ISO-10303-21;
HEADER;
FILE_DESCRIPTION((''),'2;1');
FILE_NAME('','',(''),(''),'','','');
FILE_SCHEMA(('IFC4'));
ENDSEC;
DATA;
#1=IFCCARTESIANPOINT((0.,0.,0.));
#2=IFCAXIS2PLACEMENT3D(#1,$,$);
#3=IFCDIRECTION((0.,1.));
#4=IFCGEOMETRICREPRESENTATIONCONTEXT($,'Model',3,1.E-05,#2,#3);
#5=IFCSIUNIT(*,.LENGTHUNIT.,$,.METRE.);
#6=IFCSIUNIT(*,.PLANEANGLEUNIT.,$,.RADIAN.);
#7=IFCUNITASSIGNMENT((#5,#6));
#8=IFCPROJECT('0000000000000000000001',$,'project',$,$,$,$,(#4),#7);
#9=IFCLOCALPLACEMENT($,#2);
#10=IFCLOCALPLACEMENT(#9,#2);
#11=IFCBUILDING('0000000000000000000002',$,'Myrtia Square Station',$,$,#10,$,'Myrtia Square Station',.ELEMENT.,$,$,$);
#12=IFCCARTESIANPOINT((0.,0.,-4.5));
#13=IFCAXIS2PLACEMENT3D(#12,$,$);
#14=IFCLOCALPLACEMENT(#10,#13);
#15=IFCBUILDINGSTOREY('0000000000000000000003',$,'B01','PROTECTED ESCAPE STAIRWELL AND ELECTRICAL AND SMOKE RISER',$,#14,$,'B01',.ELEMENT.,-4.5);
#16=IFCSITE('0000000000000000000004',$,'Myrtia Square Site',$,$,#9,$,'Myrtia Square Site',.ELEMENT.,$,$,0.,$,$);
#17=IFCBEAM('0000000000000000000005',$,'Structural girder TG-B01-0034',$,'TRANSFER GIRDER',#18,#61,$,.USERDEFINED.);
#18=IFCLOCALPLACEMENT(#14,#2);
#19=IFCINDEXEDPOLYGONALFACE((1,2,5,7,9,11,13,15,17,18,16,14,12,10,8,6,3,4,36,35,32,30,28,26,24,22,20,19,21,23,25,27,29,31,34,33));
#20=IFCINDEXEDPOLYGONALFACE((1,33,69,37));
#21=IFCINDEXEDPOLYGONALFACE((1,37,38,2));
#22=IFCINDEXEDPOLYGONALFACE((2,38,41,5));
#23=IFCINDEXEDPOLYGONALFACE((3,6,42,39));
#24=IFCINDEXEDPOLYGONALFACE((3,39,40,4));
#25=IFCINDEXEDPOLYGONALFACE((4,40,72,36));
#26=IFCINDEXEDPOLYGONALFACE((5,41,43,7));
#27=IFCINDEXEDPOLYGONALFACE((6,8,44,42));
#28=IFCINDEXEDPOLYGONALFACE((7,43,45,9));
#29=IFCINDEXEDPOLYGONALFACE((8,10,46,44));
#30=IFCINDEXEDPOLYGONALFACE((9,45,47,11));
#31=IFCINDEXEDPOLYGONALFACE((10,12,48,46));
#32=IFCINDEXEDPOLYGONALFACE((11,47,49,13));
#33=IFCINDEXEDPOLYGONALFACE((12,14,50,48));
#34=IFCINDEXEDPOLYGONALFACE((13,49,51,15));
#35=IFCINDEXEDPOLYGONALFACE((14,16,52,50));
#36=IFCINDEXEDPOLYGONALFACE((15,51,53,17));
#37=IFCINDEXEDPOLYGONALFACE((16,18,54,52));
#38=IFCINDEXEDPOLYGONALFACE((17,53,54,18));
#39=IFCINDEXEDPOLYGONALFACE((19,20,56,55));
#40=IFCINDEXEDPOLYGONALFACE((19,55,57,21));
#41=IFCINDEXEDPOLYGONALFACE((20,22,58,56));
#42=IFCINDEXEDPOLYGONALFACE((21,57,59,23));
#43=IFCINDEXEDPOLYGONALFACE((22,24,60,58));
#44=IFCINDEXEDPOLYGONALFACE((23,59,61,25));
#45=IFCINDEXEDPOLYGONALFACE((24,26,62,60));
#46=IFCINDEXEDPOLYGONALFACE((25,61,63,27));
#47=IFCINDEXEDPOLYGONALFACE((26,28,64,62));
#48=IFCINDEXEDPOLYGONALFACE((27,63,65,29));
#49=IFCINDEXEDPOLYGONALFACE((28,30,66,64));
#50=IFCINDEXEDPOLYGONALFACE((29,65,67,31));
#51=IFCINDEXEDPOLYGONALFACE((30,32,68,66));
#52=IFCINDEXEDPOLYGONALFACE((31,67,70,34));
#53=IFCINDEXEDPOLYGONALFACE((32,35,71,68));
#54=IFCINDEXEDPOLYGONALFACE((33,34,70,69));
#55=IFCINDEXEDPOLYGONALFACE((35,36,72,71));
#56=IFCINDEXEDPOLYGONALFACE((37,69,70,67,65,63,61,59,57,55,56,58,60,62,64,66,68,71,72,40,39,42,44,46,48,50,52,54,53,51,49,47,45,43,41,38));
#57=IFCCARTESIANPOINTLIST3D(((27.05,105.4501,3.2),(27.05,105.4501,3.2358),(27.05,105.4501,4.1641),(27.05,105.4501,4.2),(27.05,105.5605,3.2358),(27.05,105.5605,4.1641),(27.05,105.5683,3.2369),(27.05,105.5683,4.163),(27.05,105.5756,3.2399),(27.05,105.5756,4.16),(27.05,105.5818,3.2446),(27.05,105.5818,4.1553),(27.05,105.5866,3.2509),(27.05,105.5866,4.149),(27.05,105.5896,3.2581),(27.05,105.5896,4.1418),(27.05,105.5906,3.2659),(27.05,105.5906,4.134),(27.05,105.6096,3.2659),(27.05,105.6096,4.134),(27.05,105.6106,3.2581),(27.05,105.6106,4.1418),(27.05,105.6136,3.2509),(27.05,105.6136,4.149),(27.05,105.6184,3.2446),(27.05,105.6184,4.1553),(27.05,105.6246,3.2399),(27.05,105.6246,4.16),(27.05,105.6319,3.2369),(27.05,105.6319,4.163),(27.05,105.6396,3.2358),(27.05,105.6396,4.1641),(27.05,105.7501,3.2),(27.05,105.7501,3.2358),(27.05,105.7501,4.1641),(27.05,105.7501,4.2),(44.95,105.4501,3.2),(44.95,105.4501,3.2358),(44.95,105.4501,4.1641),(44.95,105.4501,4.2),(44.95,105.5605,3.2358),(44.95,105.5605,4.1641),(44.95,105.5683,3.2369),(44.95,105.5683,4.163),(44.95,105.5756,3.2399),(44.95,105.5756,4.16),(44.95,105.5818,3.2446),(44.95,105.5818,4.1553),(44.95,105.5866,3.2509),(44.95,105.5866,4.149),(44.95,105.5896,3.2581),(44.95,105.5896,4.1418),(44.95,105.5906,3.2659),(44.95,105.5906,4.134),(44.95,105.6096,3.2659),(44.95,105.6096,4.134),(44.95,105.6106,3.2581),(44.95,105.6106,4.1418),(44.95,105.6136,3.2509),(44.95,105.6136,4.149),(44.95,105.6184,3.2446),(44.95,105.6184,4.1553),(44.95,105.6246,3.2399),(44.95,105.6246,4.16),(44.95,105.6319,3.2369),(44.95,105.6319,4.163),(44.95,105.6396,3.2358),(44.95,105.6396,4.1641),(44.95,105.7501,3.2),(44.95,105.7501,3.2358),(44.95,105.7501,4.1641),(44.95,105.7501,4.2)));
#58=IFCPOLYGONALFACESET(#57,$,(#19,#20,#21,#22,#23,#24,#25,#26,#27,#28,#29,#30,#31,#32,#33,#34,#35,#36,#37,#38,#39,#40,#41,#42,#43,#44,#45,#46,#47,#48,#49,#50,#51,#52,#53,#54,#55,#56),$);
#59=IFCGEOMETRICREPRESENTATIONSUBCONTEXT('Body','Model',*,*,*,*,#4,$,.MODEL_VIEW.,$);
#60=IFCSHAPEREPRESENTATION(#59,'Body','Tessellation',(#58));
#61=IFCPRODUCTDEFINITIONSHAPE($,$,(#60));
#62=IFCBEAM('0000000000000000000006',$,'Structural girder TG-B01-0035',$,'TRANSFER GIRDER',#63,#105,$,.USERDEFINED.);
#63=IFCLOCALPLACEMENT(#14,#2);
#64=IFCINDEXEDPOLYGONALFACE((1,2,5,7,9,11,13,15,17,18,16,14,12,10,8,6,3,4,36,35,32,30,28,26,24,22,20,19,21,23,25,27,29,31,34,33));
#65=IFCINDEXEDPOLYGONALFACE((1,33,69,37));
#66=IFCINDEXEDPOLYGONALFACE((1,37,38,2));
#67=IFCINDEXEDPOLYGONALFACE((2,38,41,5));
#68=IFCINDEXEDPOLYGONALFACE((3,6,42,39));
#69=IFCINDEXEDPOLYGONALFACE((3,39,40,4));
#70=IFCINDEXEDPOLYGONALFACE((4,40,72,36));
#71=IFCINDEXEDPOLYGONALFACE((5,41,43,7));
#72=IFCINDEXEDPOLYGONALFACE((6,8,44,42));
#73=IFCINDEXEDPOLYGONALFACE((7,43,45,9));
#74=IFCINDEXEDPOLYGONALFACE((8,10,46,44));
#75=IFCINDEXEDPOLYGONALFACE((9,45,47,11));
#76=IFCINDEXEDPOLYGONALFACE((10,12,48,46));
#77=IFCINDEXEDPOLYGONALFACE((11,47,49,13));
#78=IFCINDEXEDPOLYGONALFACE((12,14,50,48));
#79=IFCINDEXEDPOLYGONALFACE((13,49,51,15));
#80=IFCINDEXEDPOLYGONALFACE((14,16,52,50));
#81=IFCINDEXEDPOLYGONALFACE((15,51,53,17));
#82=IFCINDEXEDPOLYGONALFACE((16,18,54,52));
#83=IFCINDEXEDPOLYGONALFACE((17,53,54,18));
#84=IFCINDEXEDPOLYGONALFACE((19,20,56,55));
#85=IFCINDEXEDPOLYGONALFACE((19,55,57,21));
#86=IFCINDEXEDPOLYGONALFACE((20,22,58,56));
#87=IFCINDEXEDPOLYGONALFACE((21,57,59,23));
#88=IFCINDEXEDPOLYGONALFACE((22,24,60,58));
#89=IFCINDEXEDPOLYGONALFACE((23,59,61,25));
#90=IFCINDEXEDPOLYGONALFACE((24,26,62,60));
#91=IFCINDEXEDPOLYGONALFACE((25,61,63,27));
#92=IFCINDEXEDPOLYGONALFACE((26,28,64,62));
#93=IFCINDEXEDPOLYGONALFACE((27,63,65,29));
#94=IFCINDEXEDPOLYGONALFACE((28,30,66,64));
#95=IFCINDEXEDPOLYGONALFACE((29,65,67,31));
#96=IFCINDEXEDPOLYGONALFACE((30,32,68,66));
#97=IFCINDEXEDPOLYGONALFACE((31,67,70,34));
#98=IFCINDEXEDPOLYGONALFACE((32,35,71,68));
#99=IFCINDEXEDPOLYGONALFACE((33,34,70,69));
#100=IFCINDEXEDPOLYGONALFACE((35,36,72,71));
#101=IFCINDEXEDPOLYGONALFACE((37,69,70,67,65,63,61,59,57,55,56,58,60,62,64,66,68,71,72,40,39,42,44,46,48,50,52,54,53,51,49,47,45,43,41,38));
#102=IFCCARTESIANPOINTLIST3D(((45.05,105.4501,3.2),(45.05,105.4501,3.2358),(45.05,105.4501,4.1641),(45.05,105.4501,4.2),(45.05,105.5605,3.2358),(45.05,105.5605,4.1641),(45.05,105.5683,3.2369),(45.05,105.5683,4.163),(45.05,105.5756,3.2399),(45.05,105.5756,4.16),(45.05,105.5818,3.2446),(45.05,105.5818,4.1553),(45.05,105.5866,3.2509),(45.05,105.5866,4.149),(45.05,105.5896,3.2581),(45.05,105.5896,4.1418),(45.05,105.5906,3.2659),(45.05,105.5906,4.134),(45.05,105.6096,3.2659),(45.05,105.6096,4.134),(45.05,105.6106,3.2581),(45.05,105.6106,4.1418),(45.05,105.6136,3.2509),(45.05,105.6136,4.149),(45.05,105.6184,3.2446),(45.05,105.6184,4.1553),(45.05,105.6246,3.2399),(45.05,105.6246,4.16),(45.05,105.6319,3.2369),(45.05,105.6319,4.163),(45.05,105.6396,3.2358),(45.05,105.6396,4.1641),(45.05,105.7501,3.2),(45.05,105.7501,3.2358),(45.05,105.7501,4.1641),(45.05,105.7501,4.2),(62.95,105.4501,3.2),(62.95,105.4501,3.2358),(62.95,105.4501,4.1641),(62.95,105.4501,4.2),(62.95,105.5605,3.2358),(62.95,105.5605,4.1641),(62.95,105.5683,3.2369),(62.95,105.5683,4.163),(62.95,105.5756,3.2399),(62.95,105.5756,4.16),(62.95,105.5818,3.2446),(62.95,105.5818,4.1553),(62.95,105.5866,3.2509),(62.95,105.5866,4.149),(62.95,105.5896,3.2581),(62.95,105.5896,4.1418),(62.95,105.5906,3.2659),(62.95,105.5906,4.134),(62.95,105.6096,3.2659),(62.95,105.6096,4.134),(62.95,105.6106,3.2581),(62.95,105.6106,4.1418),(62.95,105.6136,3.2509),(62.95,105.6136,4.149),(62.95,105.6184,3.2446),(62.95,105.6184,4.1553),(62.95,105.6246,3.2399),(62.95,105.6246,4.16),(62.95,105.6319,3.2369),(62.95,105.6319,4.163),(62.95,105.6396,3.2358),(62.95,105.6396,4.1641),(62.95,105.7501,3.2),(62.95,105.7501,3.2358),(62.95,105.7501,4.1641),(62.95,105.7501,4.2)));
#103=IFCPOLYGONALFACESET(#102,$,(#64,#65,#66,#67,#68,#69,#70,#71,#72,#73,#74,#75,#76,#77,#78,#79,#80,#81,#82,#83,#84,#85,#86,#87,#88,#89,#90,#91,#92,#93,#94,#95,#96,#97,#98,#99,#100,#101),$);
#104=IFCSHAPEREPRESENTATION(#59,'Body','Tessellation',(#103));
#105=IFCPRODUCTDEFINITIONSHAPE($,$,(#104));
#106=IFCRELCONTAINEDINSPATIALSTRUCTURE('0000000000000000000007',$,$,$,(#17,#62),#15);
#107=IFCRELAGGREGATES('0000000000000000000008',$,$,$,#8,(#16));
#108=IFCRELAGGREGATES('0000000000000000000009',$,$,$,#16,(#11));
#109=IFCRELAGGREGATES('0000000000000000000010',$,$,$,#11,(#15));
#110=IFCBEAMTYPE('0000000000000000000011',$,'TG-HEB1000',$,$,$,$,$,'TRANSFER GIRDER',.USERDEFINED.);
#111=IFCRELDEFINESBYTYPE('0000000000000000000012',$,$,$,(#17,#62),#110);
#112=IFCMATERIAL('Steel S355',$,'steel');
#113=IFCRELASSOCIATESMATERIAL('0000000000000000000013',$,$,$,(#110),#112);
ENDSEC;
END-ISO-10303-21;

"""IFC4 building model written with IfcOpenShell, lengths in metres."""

from ifc_helpers import new_model, si_unit, direction, frame, origin, origin_2d, place, context, subcontext, project, spatial, i_section, extrude, material, material_profile, profile_set, type_object, element, save


model = new_model("IFC4")

# Units and contexts
model_context = context("Model", 3, precision=1e-05, world=origin(), true_north=direction((0.0, 1.0)))
body_context = subcontext(model_context, "Body", "Model", "MODEL_VIEW")
ifc_project = project(units=[si_unit("LENGTHUNIT", "METRE"), si_unit("PLANEANGLEUNIT", "RADIAN")], contexts=[model_context])

# Site, building, storey
site_placement = place(None, origin())
site = spatial("IfcSite", under=ifc_project, at=site_placement, Name="Myrtia Square Site", LongName="Myrtia Square Site", CompositionType="ELEMENT", RefElevation=0.0)
building_placement = place(site_placement, origin())
building = spatial("IfcBuilding", under=site, at=building_placement, Name="Myrtia Square Station", LongName="Myrtia Square Station", CompositionType="ELEMENT")
storey_placement = place(building_placement, frame((0.0, 0.0, -4.5)))
storey = spatial("IfcBuildingStorey", under=building, at=storey_placement, Name="B01", Description="PROTECTED ESCAPE STAIRWELL AND ELECTRICAL AND SMOKE RISER", LongName="B01", CompositionType="ELEMENT", Elevation=-4.5)

# Beams
ifc_material_1 = material(Name="Steel S355", Category="steel")
ifc_material_profile_1 = material_profile(ifc_material_1, i_section(OverallWidth=0.3, OverallDepth=1.0, WebThickness=0.019, FlangeThickness=0.0359, FilletRadius=0.03, at=origin_2d()), Name="HEB 1000")
ifc_profile_set_1 = profile_set([ifc_material_profile_1], Name="Steel S355")
beam_type_1 = type_object("IfcBeamType", Name="TG-HEB1000", ElementType="TRANSFER GIRDER", PredefinedType="USERDEFINED", material=ifc_profile_set_1)
for number, where, z_axis, x_axis, name in (
    (1, (27.05, 105.6001, 3.7), (1.0, 0.0, 0.0), (0.0, 1.0, 0.0), "Structural girder TG-B01-0034"),
    (2, (45.05, 105.6001, 3.7), (1.0, 0.0, 0.0), (0.0, 1.0, 0.0), "Structural girder TG-B01-0035"),
):
    element("IfcBeam", number, at=place(storey_placement, frame(where, z_axis=z_axis, x_axis=x_axis)), inside=storey, type_object=beam_type_1, Name=name, ObjectType="TRANSFER GIRDER", PredefinedType="USERDEFINED", context=body_context, shape_type="SweptSolid", body=[
        extrude(i_section(OverallWidth=0.3, OverallDepth=1.0, WebThickness=0.019, FlangeThickness=0.0359, FilletRadius=0.03, at=origin_2d()), origin(), (0.0, 0.0, 1.0), 17.8999),
    ])

save(model, "model.ifc")
